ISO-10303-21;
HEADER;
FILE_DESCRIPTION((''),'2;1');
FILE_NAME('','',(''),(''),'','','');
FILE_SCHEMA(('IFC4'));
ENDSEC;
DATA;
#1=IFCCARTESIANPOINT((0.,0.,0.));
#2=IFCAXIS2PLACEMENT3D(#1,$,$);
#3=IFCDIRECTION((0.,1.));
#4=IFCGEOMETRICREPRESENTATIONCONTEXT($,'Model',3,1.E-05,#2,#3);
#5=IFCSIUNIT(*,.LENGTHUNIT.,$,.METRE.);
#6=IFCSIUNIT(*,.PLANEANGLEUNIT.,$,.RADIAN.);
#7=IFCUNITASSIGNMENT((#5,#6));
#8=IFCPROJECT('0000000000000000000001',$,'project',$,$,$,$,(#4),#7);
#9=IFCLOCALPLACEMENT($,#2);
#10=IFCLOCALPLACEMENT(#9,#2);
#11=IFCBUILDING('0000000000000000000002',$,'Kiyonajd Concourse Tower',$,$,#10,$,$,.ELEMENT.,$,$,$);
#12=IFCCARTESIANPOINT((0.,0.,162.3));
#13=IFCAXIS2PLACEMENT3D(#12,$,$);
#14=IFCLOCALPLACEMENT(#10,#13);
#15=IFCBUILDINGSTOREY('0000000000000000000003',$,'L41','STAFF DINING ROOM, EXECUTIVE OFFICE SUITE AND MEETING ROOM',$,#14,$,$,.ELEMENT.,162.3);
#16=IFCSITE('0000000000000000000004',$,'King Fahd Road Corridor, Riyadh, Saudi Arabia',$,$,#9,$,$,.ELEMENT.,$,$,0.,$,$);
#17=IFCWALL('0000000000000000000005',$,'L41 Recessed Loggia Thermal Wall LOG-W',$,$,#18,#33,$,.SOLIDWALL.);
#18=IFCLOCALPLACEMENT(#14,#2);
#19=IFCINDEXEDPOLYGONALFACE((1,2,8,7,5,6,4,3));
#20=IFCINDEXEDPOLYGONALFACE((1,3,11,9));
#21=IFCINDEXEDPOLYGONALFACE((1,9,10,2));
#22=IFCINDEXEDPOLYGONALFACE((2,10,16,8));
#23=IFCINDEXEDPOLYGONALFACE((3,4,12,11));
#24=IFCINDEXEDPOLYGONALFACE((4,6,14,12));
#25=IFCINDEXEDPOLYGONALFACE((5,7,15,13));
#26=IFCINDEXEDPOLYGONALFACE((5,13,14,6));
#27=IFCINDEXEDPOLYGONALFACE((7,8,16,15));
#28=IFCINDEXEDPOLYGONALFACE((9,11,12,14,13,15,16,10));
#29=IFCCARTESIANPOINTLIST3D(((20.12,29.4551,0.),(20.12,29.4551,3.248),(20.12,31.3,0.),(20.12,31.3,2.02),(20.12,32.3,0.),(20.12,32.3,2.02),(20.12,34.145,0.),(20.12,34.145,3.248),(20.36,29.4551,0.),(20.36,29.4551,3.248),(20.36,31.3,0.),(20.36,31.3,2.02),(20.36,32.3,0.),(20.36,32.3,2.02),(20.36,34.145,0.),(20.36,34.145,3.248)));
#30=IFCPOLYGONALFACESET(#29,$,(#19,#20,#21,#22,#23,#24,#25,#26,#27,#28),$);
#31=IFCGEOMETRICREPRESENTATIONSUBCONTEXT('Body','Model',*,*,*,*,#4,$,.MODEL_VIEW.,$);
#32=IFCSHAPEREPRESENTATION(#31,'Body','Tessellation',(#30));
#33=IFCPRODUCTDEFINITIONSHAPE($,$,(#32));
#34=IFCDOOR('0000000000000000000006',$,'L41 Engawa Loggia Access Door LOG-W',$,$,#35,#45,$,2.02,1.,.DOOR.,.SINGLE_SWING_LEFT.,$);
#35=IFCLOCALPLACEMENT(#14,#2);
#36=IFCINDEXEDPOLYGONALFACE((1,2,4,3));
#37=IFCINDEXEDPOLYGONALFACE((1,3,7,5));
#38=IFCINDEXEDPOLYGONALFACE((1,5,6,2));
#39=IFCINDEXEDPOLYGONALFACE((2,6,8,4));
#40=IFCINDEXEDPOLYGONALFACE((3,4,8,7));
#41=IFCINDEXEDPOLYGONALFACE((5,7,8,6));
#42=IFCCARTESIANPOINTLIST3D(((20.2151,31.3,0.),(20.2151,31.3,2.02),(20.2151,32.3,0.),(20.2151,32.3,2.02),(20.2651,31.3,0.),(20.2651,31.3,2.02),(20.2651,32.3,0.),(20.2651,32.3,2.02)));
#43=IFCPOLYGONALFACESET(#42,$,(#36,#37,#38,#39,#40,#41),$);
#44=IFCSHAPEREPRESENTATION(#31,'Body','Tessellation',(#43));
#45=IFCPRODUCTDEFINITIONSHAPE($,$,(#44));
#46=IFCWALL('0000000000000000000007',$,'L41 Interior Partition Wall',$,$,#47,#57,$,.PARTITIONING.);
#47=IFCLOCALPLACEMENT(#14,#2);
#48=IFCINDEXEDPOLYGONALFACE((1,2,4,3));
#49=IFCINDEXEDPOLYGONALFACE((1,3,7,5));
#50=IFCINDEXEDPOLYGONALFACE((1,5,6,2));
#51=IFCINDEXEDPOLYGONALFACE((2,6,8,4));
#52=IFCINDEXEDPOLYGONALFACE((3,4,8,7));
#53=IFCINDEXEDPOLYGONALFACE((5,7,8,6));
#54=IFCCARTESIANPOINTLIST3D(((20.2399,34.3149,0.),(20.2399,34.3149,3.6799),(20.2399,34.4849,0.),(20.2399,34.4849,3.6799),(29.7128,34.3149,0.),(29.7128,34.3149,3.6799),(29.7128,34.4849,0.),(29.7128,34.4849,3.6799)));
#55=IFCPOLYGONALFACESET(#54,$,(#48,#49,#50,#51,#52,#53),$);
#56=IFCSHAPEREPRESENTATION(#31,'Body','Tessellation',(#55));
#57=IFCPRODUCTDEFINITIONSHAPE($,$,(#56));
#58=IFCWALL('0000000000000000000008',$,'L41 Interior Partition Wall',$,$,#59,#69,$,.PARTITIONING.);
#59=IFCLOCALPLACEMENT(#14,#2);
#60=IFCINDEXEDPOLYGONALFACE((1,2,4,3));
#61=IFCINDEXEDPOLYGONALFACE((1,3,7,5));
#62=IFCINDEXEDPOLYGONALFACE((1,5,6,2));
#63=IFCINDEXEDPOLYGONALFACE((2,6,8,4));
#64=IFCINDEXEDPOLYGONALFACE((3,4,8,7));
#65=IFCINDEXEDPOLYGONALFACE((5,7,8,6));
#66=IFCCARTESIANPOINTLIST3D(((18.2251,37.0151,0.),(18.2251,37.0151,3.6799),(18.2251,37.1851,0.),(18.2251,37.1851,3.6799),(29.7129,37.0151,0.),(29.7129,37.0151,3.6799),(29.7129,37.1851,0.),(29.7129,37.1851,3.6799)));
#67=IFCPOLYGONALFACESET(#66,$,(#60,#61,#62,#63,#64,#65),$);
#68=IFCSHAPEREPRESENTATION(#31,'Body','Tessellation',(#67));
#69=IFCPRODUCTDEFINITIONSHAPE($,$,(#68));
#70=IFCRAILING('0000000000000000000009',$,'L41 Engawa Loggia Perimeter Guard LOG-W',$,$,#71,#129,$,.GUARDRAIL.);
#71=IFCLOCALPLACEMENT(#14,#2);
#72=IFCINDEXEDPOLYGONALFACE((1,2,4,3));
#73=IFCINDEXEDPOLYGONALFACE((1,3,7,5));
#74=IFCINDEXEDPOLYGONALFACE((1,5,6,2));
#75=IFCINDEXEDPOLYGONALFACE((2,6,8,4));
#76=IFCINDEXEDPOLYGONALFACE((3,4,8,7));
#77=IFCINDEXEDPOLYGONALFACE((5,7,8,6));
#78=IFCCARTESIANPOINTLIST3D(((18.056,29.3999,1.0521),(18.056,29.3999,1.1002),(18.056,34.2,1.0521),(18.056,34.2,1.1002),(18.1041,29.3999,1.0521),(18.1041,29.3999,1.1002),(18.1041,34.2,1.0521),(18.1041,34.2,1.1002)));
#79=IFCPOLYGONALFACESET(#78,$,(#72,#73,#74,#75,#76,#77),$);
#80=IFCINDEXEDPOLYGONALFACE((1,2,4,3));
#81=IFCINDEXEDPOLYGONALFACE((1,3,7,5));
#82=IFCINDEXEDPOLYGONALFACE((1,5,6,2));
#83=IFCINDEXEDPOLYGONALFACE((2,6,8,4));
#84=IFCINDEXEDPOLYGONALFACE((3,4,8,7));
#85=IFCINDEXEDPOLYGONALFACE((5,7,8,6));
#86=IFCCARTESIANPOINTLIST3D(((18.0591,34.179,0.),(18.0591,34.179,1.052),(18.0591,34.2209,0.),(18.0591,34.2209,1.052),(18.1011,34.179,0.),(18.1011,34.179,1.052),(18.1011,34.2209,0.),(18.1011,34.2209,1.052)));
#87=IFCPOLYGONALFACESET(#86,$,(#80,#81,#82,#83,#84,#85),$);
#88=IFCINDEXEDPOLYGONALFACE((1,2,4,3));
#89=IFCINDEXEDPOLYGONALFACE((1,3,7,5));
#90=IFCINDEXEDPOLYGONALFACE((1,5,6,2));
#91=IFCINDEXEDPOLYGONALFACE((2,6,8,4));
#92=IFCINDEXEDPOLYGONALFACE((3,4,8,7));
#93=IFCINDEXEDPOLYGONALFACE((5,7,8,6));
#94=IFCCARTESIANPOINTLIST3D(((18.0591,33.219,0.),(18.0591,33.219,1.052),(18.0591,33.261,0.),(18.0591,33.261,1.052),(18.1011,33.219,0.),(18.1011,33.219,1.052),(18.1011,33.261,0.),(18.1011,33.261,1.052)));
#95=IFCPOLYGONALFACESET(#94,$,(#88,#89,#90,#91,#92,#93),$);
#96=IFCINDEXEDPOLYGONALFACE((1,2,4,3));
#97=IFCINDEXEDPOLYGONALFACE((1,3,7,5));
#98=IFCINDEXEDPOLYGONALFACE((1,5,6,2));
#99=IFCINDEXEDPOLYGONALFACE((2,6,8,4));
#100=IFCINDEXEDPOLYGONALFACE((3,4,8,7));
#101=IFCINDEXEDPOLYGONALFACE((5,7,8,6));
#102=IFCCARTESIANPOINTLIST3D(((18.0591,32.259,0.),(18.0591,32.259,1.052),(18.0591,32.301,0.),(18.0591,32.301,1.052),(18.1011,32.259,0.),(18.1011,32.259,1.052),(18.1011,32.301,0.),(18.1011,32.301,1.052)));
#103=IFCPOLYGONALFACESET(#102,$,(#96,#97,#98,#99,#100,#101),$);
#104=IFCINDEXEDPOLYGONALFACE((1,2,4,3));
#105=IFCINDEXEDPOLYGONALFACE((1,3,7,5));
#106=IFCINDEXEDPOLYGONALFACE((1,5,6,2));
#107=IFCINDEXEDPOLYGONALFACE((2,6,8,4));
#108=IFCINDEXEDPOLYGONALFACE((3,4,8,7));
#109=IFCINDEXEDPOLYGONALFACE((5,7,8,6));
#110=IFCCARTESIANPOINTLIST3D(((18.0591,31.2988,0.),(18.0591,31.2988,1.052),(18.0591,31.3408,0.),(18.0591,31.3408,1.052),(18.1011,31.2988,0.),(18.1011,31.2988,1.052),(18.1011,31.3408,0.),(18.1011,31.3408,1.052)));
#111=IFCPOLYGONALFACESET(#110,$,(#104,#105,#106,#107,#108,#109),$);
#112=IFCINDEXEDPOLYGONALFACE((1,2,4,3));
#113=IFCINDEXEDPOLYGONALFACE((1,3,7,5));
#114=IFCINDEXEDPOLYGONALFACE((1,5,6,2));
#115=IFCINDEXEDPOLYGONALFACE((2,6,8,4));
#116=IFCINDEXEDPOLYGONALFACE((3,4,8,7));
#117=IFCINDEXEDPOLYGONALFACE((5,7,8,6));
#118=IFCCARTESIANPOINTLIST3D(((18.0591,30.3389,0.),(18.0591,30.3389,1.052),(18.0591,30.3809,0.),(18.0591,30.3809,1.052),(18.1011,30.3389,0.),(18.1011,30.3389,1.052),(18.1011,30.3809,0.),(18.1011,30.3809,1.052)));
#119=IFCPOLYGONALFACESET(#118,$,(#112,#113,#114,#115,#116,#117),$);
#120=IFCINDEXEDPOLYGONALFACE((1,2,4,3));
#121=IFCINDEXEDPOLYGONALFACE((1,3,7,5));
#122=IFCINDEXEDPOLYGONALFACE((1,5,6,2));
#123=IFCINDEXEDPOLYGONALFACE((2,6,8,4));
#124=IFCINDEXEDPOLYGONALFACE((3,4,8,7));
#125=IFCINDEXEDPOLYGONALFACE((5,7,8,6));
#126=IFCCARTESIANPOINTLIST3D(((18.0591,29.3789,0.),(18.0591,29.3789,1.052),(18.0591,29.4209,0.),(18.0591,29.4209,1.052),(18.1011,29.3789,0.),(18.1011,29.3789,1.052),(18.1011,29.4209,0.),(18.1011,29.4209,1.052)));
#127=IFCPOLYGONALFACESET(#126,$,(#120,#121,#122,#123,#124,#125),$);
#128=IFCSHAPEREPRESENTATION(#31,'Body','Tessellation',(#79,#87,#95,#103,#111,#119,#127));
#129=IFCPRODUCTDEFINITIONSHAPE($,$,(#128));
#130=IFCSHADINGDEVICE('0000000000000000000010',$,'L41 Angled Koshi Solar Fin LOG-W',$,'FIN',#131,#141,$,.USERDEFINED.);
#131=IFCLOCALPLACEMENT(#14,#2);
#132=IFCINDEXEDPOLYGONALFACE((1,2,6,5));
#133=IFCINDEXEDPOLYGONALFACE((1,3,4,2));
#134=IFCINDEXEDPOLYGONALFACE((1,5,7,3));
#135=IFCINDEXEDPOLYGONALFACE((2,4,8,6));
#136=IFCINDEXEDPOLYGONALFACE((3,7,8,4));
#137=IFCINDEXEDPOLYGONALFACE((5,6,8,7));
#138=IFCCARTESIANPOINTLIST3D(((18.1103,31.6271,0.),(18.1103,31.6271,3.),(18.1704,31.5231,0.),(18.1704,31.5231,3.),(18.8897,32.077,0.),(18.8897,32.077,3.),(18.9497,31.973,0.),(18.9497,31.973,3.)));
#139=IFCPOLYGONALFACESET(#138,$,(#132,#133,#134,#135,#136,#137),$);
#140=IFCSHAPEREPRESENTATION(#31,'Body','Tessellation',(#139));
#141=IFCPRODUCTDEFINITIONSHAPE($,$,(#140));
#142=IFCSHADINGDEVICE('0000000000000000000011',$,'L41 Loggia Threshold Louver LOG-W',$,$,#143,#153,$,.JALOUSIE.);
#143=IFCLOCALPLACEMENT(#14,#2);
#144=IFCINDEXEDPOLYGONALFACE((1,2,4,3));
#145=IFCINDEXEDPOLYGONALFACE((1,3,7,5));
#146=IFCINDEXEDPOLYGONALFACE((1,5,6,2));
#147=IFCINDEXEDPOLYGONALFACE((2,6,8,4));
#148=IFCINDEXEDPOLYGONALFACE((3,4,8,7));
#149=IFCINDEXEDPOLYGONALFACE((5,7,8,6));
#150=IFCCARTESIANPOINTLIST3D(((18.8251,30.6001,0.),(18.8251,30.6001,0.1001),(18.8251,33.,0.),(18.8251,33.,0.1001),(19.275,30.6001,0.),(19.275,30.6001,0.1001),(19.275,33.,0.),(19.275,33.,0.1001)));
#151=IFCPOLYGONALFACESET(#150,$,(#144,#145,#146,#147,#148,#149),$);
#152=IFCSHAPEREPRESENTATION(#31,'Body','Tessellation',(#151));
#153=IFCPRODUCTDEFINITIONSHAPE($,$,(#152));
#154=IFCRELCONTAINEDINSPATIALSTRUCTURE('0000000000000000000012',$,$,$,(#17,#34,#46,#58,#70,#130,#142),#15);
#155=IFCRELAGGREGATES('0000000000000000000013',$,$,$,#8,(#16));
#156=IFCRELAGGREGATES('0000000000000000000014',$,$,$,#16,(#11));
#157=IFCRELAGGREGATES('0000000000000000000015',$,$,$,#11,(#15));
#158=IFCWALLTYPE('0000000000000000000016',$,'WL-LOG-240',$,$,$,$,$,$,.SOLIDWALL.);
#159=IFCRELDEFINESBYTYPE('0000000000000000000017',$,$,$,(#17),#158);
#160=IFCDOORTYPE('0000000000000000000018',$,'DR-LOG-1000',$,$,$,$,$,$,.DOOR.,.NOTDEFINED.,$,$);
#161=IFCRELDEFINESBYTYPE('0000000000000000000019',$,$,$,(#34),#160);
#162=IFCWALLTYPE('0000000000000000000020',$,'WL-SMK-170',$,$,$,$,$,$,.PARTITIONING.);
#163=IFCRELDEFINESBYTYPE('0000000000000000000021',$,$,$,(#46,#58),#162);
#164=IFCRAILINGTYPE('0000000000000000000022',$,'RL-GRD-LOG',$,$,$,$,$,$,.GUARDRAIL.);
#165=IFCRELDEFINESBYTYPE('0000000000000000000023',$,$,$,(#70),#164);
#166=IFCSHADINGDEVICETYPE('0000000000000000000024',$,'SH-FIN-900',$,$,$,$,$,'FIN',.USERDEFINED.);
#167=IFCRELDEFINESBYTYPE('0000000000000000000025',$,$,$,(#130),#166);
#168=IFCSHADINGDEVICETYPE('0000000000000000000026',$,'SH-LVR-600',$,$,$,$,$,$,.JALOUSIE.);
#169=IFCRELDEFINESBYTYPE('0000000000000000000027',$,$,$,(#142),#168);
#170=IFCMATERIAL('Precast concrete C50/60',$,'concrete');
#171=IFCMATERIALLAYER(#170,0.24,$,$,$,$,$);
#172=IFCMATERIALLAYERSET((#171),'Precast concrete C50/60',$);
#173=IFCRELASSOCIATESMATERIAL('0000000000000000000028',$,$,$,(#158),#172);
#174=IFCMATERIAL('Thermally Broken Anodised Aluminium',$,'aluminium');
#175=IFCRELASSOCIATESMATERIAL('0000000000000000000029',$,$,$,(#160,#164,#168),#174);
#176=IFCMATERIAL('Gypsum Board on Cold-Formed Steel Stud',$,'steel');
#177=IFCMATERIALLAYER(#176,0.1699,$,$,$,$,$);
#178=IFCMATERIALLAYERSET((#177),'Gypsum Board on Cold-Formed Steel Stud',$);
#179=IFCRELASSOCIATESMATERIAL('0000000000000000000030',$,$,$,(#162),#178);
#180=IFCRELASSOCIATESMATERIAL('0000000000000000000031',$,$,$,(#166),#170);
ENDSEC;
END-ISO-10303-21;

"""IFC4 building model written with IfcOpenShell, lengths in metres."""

from ifc_helpers import new_model, si_unit, direction, frame, frame_2d, origin, origin_2d, place, context, subcontext, project, spatial, rectangle, extrude, material, layer, layer_set, type_object, element, fill, save


model = new_model("IFC4")

# Units and contexts
model_context = context("Model", 3, precision=1e-05, world=origin(), true_north=direction((0.0, 1.0)))
body_context = subcontext(model_context, "Body", "Model", "MODEL_VIEW")
ifc_project = project(units=[si_unit("LENGTHUNIT", "METRE"), si_unit("PLANEANGLEUNIT", "RADIAN")], contexts=[model_context])

# Site, building, storey
site_placement = place(None, origin())
site = spatial("IfcSite", under=ifc_project, at=site_placement, Name="King Fahd Road Corridor, Riyadh, Saudi Arabia", CompositionType="ELEMENT", RefElevation=0.0)
building_placement = place(site_placement, origin())
building = spatial("IfcBuilding", under=site, at=building_placement, Name="Kiyonajd Concourse Tower", CompositionType="ELEMENT")
storey_placement = place(building_placement, frame((0.0, 0.0, 162.3)))
storey = spatial("IfcBuildingStorey", under=building, at=storey_placement, Name="L41", Description="STAFF DINING ROOM, EXECUTIVE OFFICE SUITE AND MEETING ROOM", CompositionType="ELEMENT", Elevation=162.3)

# Shared definitions
ifc_material_1 = material(Name="Thermally Broken Anodised Aluminium", Category="aluminium")

# Shared definitions
ifc_material_2 = material(Name="Precast concrete C50/60", Category="concrete")

# Wall, opening, door
ifc_layer_1 = layer(ifc_material_2, 0.24)
ifc_layer_set_1 = layer_set([ifc_layer_1], Name="Precast concrete C50/60")
wall_type_1 = type_object("IfcWallType", Name="WL-LOG-240", PredefinedType="SOLIDWALL", material=ifc_layer_set_1)
wall_1_placement = place(storey_placement, frame((20.24, 29.4551, 0.0), z_axis=(0.0, 0.0, 1.0), x_axis=(0.0, 1.0, 0.0)))
wall_1 = element("IfcWall", 1, at=wall_1_placement, inside=storey, type_object=wall_type_1, Name="L41 Recessed Loggia Thermal Wall LOG-W", PredefinedType="SOLIDWALL", context=body_context, shape_type="SweptSolid", body=[
    extrude(rectangle(XDim=4.6899, YDim=0.24, at=frame_2d((2.345, 0.0))), origin(), (0.0, 0.0, 1.0), 3.248),
])
opening_placement = place(wall_1_placement, frame((1.845, 0.0, 0.0)))
opening = element("IfcOpeningElement", 2, at=opening_placement, cuts=wall_1, PredefinedType="OPENING", context=body_context, shape_type="SweptSolid", body=[
    extrude(rectangle(XDim=1.0, YDim=2.02, at=frame_2d((0.5, 1.01))), frame((0.0, 0.1299, 0.0), z_axis=(0.0, -1.0, 0.0), x_axis=(1.0, 0.0, 0.0)), (0.0, 0.0, 1.0), 0.26),
])
door_type = type_object("IfcDoorType", Name="DR-LOG-1000", OperationType="NOTDEFINED", PredefinedType="DOOR", material=ifc_material_1)
door_placement = place(opening_placement, origin())
door = element("IfcDoor", 3, at=door_placement, inside=storey, type_object=door_type, Name="L41 Engawa Loggia Access Door LOG-W", OperationType="SINGLE_SWING_LEFT", OverallHeight=2.02, OverallWidth=1.0, PredefinedType="DOOR", context=body_context, shape_type="SweptSolid", body=[
    extrude(rectangle(XDim=1.0, YDim=2.02, at=frame_2d((0.5, 1.01))), frame((0.0, 0.0249, 0.0), z_axis=(0.0, -1.0, 0.0), x_axis=(1.0, 0.0, 0.0)), (0.0, 0.0, 1.0), 0.05),
])
fill(opening, door)

# Walls
ifc_material_3 = material(Name="Gypsum Board on Cold-Formed Steel Stud", Category="steel")
ifc_layer_2 = layer(ifc_material_3, 0.1699)
ifc_layer_set_2 = layer_set([ifc_layer_2], Name="Gypsum Board on Cold-Formed Steel Stud")
wall_type_2 = type_object("IfcWallType", Name="WL-SMK-170", PredefinedType="PARTITIONING", material=ifc_layer_set_2)
wall_2_placement = place(storey_placement, frame((20.24, 34.3999, 0.0), z_axis=(0.0, 0.0, 1.0), x_axis=(1.0, 0.0, 0.0)))
element("IfcWall", 4, at=wall_2_placement, inside=storey, type_object=wall_type_2, Name="L41 Interior Partition Wall", PredefinedType="PARTITIONING", context=body_context, shape_type="SweptSolid", body=[
    extrude(rectangle(XDim=9.4729, YDim=0.1699, at=frame_2d((4.7363, 0.0))), origin(), (0.0, 0.0, 1.0), 3.6799),
])
wall_3_placement = place(storey_placement, frame((18.2251, 37.1001, 0.0), z_axis=(0.0, 0.0, 1.0), x_axis=(1.0, 0.0, 0.0)))
element("IfcWall", 5, at=wall_3_placement, inside=storey, type_object=wall_type_2, Name="L41 Interior Partition Wall", PredefinedType="PARTITIONING", context=body_context, shape_type="SweptSolid", body=[
    extrude(rectangle(XDim=11.4878, YDim=0.1699, at=frame_2d((5.7439, 0.0))), origin(), (0.0, 0.0, 1.0), 3.6799),
])

# Railing
railing_type = type_object("IfcRailingType", Name="RL-GRD-LOG", PredefinedType="GUARDRAIL", material=ifc_material_1)
railing_placement = place(storey_placement, frame((18.0801, 34.2, 0.0)))
element("IfcRailing", 6, at=railing_placement, inside=storey, type_object=railing_type, Name="L41 Engawa Loggia Perimeter Guard LOG-W", PredefinedType="GUARDRAIL", context=body_context, shape_type="SweptSolid", body=[
    extrude(rectangle(XDim=0.0481, YDim=0.0481, at=origin_2d()), frame((0.0, 0.0, 1.0762), z_axis=(0.0, -1.0, 0.0), x_axis=(1.0, 0.0, 0.0)), (0.0, 0.0, 1.0), 4.8),
    extrude(rectangle(XDim=0.042, YDim=0.042, at=origin_2d()), origin(), (0.0, 0.0, 1.0), 1.052),
    extrude(rectangle(XDim=0.042, YDim=0.042, at=origin_2d()), frame((0.0, -0.96, 0.0)), (0.0, 0.0, 1.0), 1.052),
    extrude(rectangle(XDim=0.042, YDim=0.042, at=origin_2d()), frame((0.0, -1.9199, 0.0)), (0.0, 0.0, 1.0), 1.052),
    extrude(rectangle(XDim=0.042, YDim=0.042, at=origin_2d()), frame((0.0, -2.8801, 0.0)), (0.0, 0.0, 1.0), 1.052),
    extrude(rectangle(XDim=0.042, YDim=0.042, at=origin_2d()), frame((0.0, -3.8401, 0.0)), (0.0, 0.0, 1.0), 1.052),
    extrude(rectangle(XDim=0.042, YDim=0.042, at=origin_2d()), frame((0.0, -4.8, 0.0)), (0.0, 0.0, 1.0), 1.052),
])

# Shading devices
shading_device_type_1 = type_object("IfcShadingDeviceType", Name="SH-FIN-900", ElementType="FIN", PredefinedType="USERDEFINED", material=ifc_material_2)
shading_device_1_placement = place(storey_placement, frame((18.53, 31.8, 0.0), z_axis=(0.0, 0.0, 1.0), x_axis=(0.866025, 0.5, 0.0)))
element("IfcShadingDevice", 7, at=shading_device_1_placement, inside=storey, type_object=shading_device_type_1, Name="L41 Angled Koshi Solar Fin LOG-W", ObjectType="FIN", PredefinedType="USERDEFINED", context=body_context, shape_type="SweptSolid", body=[
    extrude(rectangle(XDim=0.8999, YDim=0.1201, at=origin_2d()), origin(), (0.0, 0.0, 1.0), 3.0),
])
shading_device_type_2 = type_object("IfcShadingDeviceType", Name="SH-LVR-600", PredefinedType="JALOUSIE", material=ifc_material_1)
shading_device_2_placement = place(storey_placement, frame((19.05, 31.8, 0.0), z_axis=(0.0, 0.0, 1.0), x_axis=(0.0, 1.0, 0.0)))
element("IfcShadingDevice", 8, at=shading_device_2_placement, inside=storey, type_object=shading_device_type_2, Name="L41 Loggia Threshold Louver LOG-W", PredefinedType="JALOUSIE", context=body_context, shape_type="SweptSolid", body=[
    extrude(rectangle(XDim=2.3999, YDim=0.45, at=origin_2d()), origin(), (0.0, 0.0, 1.0), 0.1001),
])

save(model, "model.ifc")
